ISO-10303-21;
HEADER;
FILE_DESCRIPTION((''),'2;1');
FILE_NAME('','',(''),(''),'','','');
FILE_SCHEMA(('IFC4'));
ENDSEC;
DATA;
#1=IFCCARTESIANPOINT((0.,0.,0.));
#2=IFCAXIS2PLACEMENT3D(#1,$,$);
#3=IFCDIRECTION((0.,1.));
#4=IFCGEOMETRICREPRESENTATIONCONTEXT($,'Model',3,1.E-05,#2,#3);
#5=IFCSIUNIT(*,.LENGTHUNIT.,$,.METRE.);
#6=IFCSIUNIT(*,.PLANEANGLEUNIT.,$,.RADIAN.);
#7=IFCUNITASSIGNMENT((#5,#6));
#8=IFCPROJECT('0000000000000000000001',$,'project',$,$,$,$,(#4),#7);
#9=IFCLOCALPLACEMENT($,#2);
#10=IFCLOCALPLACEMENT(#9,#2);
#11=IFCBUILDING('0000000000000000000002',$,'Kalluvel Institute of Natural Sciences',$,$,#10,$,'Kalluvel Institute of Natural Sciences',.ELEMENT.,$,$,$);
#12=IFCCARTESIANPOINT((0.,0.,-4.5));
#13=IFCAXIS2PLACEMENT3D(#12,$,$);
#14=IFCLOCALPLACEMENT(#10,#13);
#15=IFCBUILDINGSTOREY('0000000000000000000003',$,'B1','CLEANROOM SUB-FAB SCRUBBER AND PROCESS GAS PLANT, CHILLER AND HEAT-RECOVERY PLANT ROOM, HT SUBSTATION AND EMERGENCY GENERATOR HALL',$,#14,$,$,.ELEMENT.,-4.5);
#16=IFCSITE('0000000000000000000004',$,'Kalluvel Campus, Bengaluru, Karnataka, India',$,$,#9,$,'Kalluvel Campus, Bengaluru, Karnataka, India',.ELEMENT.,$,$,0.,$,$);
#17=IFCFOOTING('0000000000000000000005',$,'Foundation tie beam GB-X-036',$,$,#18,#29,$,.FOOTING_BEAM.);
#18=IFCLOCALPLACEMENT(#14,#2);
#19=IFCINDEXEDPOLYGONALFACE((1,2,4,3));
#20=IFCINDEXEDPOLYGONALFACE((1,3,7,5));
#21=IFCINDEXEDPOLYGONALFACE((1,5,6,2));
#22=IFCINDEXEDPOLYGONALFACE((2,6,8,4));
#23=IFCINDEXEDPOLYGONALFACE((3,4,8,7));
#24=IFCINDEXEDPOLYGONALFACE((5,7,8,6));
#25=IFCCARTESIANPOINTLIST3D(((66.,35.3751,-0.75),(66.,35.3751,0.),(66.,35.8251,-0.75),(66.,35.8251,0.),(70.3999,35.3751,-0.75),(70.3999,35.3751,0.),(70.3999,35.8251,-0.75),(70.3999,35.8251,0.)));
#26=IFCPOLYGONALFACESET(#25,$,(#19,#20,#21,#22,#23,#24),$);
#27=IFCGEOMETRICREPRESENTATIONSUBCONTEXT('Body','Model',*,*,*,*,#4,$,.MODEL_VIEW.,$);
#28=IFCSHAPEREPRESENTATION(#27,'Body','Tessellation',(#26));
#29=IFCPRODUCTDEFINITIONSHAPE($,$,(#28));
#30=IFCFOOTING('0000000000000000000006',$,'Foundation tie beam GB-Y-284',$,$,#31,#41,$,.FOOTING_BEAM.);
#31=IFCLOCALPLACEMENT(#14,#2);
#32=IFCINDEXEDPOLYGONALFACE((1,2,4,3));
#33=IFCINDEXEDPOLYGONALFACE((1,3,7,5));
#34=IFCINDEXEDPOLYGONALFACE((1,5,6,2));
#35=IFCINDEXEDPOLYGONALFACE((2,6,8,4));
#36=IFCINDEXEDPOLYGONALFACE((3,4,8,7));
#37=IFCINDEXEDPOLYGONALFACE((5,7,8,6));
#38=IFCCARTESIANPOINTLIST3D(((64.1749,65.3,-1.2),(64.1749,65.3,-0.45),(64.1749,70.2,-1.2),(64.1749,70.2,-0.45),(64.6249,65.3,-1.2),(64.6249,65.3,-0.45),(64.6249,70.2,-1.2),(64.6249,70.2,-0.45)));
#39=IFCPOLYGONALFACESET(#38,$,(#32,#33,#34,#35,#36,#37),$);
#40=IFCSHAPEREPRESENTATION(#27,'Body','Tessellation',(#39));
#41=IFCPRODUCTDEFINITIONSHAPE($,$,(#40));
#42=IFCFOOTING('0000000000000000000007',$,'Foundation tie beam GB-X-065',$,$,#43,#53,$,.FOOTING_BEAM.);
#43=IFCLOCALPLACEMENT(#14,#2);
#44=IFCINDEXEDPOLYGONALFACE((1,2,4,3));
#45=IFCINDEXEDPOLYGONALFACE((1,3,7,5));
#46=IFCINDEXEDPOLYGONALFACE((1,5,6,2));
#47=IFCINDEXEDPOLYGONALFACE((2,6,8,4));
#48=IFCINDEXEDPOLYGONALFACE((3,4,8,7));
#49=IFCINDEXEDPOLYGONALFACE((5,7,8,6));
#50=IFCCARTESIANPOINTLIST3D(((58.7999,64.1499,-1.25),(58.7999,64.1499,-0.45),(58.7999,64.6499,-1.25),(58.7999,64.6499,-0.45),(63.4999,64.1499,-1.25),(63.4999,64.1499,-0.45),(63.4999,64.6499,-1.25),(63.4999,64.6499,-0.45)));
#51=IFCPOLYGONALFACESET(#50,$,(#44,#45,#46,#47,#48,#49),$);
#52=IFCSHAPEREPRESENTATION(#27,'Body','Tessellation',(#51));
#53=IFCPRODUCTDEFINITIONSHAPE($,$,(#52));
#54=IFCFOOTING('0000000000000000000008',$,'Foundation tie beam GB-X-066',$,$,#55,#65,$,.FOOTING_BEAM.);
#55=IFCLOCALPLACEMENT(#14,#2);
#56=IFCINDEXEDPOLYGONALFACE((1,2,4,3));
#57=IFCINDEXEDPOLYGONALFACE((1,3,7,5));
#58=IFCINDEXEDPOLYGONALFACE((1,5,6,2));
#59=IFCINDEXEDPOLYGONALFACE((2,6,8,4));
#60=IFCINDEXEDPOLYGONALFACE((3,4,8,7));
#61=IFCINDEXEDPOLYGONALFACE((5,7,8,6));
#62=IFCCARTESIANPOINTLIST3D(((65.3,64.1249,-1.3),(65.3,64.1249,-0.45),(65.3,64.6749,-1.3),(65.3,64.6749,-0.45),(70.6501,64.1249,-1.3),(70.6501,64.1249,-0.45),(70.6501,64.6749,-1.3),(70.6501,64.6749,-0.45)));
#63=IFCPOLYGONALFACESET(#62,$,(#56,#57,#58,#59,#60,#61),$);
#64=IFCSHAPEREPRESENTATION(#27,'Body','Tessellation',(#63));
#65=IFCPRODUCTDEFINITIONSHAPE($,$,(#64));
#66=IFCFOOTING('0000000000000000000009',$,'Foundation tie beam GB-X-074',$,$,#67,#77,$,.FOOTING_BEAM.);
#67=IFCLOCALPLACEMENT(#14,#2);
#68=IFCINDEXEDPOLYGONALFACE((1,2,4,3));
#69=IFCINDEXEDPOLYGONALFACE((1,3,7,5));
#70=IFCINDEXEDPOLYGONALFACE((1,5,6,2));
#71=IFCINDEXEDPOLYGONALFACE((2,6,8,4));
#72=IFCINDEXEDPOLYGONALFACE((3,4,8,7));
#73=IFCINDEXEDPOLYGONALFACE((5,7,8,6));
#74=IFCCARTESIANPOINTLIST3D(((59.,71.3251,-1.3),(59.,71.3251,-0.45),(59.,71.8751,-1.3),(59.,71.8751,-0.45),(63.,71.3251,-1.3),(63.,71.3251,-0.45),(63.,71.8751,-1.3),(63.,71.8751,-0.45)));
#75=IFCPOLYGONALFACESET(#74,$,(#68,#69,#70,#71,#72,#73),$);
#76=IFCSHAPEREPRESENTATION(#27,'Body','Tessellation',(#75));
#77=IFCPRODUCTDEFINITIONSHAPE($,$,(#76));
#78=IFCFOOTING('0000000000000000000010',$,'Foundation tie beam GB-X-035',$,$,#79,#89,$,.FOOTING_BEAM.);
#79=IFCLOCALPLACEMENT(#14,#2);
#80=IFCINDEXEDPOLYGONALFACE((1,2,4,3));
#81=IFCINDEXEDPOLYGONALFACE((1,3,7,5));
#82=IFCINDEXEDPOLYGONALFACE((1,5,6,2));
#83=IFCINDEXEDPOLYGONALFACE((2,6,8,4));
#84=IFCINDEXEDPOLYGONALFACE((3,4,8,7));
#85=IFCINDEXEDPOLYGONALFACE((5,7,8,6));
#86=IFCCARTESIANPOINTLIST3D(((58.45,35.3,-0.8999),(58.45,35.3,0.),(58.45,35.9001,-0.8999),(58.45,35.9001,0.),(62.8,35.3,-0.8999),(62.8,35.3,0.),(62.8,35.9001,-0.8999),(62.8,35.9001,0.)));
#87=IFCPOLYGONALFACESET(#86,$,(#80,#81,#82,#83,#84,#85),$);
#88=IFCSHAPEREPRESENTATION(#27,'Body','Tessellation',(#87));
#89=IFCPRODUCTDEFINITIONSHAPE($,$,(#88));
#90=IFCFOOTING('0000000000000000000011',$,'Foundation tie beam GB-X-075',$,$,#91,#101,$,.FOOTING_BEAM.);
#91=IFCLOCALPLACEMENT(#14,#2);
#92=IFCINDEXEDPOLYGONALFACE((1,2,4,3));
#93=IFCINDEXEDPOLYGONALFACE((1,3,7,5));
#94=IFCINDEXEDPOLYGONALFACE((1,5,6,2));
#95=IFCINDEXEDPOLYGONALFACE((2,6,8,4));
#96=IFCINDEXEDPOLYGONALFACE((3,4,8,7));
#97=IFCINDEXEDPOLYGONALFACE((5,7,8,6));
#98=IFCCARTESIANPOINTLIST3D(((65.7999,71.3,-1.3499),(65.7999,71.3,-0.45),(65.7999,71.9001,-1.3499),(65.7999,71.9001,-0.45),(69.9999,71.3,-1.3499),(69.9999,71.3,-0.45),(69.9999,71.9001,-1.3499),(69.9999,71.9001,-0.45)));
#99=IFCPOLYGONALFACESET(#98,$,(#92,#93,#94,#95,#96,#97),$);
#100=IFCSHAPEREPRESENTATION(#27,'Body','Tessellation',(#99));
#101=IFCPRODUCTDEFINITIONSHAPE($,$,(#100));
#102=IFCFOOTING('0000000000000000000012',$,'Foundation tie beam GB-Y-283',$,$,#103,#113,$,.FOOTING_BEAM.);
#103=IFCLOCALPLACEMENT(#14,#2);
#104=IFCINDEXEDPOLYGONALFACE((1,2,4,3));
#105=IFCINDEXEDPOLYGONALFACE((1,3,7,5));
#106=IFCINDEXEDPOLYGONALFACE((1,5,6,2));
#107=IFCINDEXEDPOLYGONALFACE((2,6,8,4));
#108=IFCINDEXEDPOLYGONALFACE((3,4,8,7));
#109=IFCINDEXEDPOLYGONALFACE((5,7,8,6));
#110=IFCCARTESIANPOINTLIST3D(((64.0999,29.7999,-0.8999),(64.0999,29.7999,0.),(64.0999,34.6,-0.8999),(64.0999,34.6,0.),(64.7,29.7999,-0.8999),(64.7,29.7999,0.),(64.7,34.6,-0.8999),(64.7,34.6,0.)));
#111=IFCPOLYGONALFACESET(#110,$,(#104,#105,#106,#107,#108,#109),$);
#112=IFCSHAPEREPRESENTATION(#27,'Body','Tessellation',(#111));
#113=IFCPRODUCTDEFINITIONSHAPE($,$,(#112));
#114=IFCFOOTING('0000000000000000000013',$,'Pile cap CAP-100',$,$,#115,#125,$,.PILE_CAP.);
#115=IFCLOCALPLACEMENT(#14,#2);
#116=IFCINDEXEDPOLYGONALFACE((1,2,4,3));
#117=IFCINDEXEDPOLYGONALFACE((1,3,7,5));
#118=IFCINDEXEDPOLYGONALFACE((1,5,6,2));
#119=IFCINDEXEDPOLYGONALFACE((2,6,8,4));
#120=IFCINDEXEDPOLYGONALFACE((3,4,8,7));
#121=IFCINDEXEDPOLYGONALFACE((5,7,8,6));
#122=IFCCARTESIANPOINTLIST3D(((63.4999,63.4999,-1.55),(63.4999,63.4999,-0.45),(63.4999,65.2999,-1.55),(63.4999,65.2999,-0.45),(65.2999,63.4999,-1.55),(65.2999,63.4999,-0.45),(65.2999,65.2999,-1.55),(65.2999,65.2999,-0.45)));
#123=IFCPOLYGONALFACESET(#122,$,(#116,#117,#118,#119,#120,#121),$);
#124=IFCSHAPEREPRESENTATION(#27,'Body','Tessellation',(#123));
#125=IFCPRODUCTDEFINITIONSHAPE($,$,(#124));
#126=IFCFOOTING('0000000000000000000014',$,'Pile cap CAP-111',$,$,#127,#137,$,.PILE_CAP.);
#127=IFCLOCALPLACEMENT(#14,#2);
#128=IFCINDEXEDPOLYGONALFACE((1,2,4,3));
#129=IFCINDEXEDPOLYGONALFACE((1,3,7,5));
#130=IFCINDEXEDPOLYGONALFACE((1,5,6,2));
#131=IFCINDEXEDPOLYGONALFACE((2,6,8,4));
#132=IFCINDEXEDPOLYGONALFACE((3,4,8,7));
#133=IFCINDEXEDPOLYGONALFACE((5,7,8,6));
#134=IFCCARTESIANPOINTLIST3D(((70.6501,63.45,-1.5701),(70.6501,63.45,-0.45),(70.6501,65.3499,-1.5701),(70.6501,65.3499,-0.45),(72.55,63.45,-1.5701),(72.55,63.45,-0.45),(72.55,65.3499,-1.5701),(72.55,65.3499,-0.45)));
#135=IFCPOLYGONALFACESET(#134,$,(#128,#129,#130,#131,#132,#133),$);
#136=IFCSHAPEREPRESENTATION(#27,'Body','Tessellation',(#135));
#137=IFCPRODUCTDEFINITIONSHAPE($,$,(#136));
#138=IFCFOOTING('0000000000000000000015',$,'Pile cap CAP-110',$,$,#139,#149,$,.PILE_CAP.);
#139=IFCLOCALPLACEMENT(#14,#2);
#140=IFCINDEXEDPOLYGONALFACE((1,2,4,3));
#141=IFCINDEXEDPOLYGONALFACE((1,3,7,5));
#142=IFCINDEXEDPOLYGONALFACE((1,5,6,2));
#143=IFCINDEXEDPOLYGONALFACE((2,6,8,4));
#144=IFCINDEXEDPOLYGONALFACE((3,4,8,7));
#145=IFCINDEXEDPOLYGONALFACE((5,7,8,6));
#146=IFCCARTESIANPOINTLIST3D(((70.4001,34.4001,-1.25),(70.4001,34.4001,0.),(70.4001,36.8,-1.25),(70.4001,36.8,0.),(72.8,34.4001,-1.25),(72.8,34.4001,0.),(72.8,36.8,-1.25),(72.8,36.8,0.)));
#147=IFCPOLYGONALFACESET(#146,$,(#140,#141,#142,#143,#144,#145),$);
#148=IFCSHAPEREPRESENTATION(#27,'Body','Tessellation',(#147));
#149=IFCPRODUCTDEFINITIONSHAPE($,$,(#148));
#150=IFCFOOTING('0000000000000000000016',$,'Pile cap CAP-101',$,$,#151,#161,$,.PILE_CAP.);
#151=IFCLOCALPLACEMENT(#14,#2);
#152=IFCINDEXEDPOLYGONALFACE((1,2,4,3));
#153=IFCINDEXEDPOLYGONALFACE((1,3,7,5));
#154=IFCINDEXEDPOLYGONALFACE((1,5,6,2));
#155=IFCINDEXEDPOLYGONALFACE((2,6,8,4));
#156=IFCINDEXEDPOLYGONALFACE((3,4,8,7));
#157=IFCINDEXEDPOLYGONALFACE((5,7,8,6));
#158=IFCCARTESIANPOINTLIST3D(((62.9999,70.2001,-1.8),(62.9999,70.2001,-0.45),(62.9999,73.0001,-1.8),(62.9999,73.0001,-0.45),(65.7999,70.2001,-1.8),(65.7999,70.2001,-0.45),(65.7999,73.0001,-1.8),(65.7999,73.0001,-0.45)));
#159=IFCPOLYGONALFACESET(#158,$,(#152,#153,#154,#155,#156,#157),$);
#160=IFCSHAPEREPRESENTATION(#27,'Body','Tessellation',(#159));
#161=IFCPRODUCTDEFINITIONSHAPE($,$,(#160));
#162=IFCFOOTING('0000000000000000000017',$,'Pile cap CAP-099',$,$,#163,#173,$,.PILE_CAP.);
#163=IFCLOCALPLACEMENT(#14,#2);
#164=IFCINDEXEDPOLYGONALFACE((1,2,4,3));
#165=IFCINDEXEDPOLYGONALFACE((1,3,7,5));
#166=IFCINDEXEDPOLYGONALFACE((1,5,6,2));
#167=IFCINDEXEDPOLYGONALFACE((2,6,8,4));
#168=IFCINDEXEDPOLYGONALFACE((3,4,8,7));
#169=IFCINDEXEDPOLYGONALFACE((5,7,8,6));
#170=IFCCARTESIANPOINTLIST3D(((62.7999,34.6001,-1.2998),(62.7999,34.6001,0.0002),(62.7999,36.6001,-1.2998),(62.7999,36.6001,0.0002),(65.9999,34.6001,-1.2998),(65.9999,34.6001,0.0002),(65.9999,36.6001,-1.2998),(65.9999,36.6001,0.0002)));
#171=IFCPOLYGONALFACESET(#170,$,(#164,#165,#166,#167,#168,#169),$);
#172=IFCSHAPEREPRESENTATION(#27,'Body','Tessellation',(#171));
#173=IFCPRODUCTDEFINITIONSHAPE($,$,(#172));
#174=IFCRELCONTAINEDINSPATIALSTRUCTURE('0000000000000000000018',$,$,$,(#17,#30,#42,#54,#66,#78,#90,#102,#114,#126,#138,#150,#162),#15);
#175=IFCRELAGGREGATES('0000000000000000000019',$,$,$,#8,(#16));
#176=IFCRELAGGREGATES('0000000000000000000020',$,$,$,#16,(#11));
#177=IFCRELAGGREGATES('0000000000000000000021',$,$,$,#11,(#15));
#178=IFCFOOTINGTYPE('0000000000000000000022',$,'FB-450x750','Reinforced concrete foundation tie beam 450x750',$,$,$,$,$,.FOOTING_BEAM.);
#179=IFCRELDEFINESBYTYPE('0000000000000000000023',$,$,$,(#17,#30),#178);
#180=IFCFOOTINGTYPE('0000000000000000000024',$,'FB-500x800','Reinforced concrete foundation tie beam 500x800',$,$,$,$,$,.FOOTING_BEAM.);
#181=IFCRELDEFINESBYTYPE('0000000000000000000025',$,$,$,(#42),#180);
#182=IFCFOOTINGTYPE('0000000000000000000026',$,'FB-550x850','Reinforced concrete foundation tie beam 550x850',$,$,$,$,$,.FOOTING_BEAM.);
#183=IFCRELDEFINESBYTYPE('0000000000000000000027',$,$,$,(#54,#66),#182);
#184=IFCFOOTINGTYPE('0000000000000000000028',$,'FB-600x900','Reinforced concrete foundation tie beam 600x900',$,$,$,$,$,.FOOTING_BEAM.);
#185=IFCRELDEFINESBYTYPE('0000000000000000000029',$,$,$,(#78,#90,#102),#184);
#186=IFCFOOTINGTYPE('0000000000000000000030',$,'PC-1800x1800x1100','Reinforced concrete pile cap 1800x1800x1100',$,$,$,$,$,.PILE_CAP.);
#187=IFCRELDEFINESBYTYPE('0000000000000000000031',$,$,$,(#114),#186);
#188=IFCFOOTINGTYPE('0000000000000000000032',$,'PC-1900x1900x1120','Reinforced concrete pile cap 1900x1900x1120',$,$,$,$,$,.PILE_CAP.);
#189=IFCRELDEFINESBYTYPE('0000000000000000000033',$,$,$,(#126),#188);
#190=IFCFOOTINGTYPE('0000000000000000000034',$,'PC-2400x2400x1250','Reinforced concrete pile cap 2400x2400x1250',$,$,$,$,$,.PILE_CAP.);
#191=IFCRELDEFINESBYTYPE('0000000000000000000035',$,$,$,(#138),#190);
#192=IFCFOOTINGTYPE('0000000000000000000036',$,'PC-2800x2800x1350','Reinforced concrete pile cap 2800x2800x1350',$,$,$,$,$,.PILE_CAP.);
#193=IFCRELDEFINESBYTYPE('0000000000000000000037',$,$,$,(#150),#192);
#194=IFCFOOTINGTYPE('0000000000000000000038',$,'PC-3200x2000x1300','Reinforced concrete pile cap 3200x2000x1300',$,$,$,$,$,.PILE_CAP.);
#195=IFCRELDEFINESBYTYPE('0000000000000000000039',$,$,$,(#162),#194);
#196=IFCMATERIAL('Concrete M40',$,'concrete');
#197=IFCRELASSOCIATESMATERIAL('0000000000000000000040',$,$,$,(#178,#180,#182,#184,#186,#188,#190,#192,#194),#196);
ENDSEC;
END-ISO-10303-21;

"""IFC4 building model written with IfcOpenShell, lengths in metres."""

from ifc_helpers import new_model, si_unit, direction, frame, origin, origin_2d, place, context, subcontext, project, spatial, rectangle, extrude, material, type_object, element, save


model = new_model("IFC4")

# Units and contexts
model_context = context("Model", 3, precision=1e-05, world=origin(), true_north=direction((0.0, 1.0)))
body_context = subcontext(model_context, "Body", "Model", "MODEL_VIEW")
ifc_project = project(units=[si_unit("LENGTHUNIT", "METRE"), si_unit("PLANEANGLEUNIT", "RADIAN")], contexts=[model_context])

# Site, building, storey
site_placement = place(None, origin())
site = spatial("IfcSite", under=ifc_project, at=site_placement, Name="Kalluvel Campus, Bengaluru, Karnataka, India", LongName="Kalluvel Campus, Bengaluru, Karnataka, India", CompositionType="ELEMENT", RefElevation=0.0)
building_placement = place(site_placement, origin())
building = spatial("IfcBuilding", under=site, at=building_placement, Name="Kalluvel Institute of Natural Sciences", LongName="Kalluvel Institute of Natural Sciences", CompositionType="ELEMENT")
storey_placement = place(building_placement, frame((0.0, 0.0, -4.5)))
storey = spatial("IfcBuildingStorey", under=building, at=storey_placement, Name="B1", Description="CLEANROOM SUB-FAB SCRUBBER AND PROCESS GAS PLANT, CHILLER AND HEAT-RECOVERY PLANT ROOM, HT SUBSTATION AND EMERGENCY GENERATOR HALL", CompositionType="ELEMENT", Elevation=-4.5)

# Footings
ifc_material_1 = material(Name="Concrete M40", Category="concrete")
footing_type_1 = type_object("IfcFootingType", Name="FB-450x750", Description="Reinforced concrete foundation tie beam 450x750", PredefinedType="FOOTING_BEAM", material=ifc_material_1)
footing_1_placement = place(storey_placement, frame((68.2, 35.6001, -0.75), z_axis=(0.0, 0.0, 1.0), x_axis=(1.0, 0.0, 0.0)))
element("IfcFooting", 1, at=footing_1_placement, inside=storey, type_object=footing_type_1, Name="Foundation tie beam GB-X-036", PredefinedType="FOOTING_BEAM", context=body_context, shape_type="SweptSolid", body=[
    extrude(rectangle(XDim=4.3999, YDim=0.45, at=origin_2d()), origin(), (0.0, 0.0, 1.0), 0.75),
])
footing_2_placement = place(storey_placement, frame((64.3999, 67.75, -1.2), z_axis=(0.0, 0.0, 1.0), x_axis=(1.0, 0.0, 0.0)))
element("IfcFooting", 2, at=footing_2_placement, inside=storey, type_object=footing_type_1, Name="Foundation tie beam GB-Y-284", PredefinedType="FOOTING_BEAM", context=body_context, shape_type="SweptSolid", body=[
    extrude(rectangle(XDim=0.45, YDim=4.8999, at=origin_2d()), origin(), (0.0, 0.0, 1.0), 0.75),
])
footing_type_2 = type_object("IfcFootingType", Name="FB-500x800", Description="Reinforced concrete foundation tie beam 500x800", PredefinedType="FOOTING_BEAM", material=ifc_material_1)
footing_3_placement = place(storey_placement, frame((61.1499, 64.3999, -1.25), z_axis=(0.0, 0.0, 1.0), x_axis=(1.0, 0.0, 0.0)))
element("IfcFooting", 3, at=footing_3_placement, inside=storey, type_object=footing_type_2, Name="Foundation tie beam GB-X-065", PredefinedType="FOOTING_BEAM", context=body_context, shape_type="SweptSolid", body=[
    extrude(rectangle(XDim=4.7, YDim=0.5, at=origin_2d()), origin(), (0.0, 0.0, 1.0), 0.8),
])
footing_type_3 = type_object("IfcFootingType", Name="FB-550x850", Description="Reinforced concrete foundation tie beam 550x850", PredefinedType="FOOTING_BEAM", material=ifc_material_1)
footing_4_placement = place(storey_placement, frame((67.9751, 64.3999, -1.3), z_axis=(0.0, 0.0, 1.0), x_axis=(1.0, 0.0, 0.0)))
element("IfcFooting", 4, at=footing_4_placement, inside=storey, type_object=footing_type_3, Name="Foundation tie beam GB-X-066", PredefinedType="FOOTING_BEAM", context=body_context, shape_type="SweptSolid", body=[
    extrude(rectangle(XDim=5.3501, YDim=0.55, at=origin_2d()), origin(), (0.0, 0.0, 1.0), 0.8501),
])
footing_5_placement = place(storey_placement, frame((61.0, 71.6001, -1.3), z_axis=(0.0, 0.0, 1.0), x_axis=(1.0, 0.0, 0.0)))
element("IfcFooting", 5, at=footing_5_placement, inside=storey, type_object=footing_type_3, Name="Foundation tie beam GB-X-074", PredefinedType="FOOTING_BEAM", context=body_context, shape_type="SweptSolid", body=[
    extrude(rectangle(XDim=4.0, YDim=0.55, at=origin_2d()), origin(), (0.0, 0.0, 1.0), 0.8501),
])
footing_type_4 = type_object("IfcFootingType", Name="FB-600x900", Description="Reinforced concrete foundation tie beam 600x900", PredefinedType="FOOTING_BEAM", material=ifc_material_1)
footing_6_placement = place(storey_placement, frame((60.625, 35.6001, -0.8999), z_axis=(0.0, 0.0, 1.0), x_axis=(1.0, 0.0, 0.0)))
element("IfcFooting", 6, at=footing_6_placement, inside=storey, type_object=footing_type_4, Name="Foundation tie beam GB-X-035", PredefinedType="FOOTING_BEAM", context=body_context, shape_type="SweptSolid", body=[
    extrude(rectangle(XDim=4.3501, YDim=0.6001, at=origin_2d()), origin(), (0.0, 0.0, 1.0), 0.8999),
])
footing_7_placement = place(storey_placement, frame((67.8999, 71.6001, -1.3499), z_axis=(0.0, 0.0, 1.0), x_axis=(1.0, 0.0, 0.0)))
element("IfcFooting", 7, at=footing_7_placement, inside=storey, type_object=footing_type_4, Name="Foundation tie beam GB-X-075", PredefinedType="FOOTING_BEAM", context=body_context, shape_type="SweptSolid", body=[
    extrude(rectangle(XDim=4.2, YDim=0.6001, at=origin_2d()), origin(), (0.0, 0.0, 1.0), 0.8999),
])
footing_8_placement = place(storey_placement, frame((64.3999, 32.2, -0.8999), z_axis=(0.0, 0.0, 1.0), x_axis=(1.0, 0.0, 0.0)))
element("IfcFooting", 8, at=footing_8_placement, inside=storey, type_object=footing_type_4, Name="Foundation tie beam GB-Y-283", PredefinedType="FOOTING_BEAM", context=body_context, shape_type="SweptSolid", body=[
    extrude(rectangle(XDim=0.6001, YDim=4.8, at=origin_2d()), origin(), (0.0, 0.0, 1.0), 0.8999),
])
footing_type_5 = type_object("IfcFootingType", Name="PC-1800x1800x1100", Description="Reinforced concrete pile cap 1800x1800x1100", PredefinedType="PILE_CAP", material=ifc_material_1)
footing_9_placement = place(storey_placement, frame((64.3999, 64.3999, -1.55), z_axis=(0.0, 0.0, 1.0), x_axis=(1.0, 0.0, 0.0)))
element("IfcFooting", 9, at=footing_9_placement, inside=storey, type_object=footing_type_5, Name="Pile cap CAP-100", PredefinedType="PILE_CAP", context=body_context, shape_type="SweptSolid", body=[
    extrude(rectangle(XDim=1.8, YDim=1.8, at=origin_2d()), origin(), (0.0, 0.0, 1.0), 1.1001),
])
footing_type_6 = type_object("IfcFootingType", Name="PC-1900x1900x1120", Description="Reinforced concrete pile cap 1900x1900x1120", PredefinedType="PILE_CAP", material=ifc_material_1)
footing_10_placement = place(storey_placement, frame((71.6001, 64.3999, -1.5701), z_axis=(0.0, 0.0, 1.0), x_axis=(1.0, 0.0, 0.0)))
element("IfcFooting", 10, at=footing_10_placement, inside=storey, type_object=footing_type_6, Name="Pile cap CAP-111", PredefinedType="PILE_CAP", context=body_context, shape_type="SweptSolid", body=[
    extrude(rectangle(XDim=1.8999, YDim=1.8999, at=origin_2d()), origin(), (0.0, 0.0, 1.0), 1.1201),
])
footing_type_7 = type_object("IfcFootingType", Name="PC-2400x2400x1250", Description="Reinforced concrete pile cap 2400x2400x1250", PredefinedType="PILE_CAP", material=ifc_material_1)
footing_11_placement = place(storey_placement, frame((71.6001, 35.6001, -1.25), z_axis=(0.0, 0.0, 1.0), x_axis=(1.0, 0.0, 0.0)))
element("IfcFooting", 11, at=footing_11_placement, inside=storey, type_object=footing_type_7, Name="Pile cap CAP-110", PredefinedType="PILE_CAP", context=body_context, shape_type="SweptSolid", body=[
    extrude(rectangle(XDim=2.3999, YDim=2.3999, at=origin_2d()), origin(), (0.0, 0.0, 1.0), 1.25),
])
footing_type_8 = type_object("IfcFootingType", Name="PC-2800x2800x1350", Description="Reinforced concrete pile cap 2800x2800x1350", PredefinedType="PILE_CAP", material=ifc_material_1)
footing_12_placement = place(storey_placement, frame((64.3999, 71.6001, -1.8), z_axis=(0.0, 0.0, 1.0), x_axis=(1.0, 0.0, 0.0)))
element("IfcFooting", 12, at=footing_12_placement, inside=storey, type_object=footing_type_8, Name="Pile cap CAP-101", PredefinedType="PILE_CAP", context=body_context, shape_type="SweptSolid", body=[
    extrude(rectangle(XDim=2.8, YDim=2.8, at=origin_2d()), origin(), (0.0, 0.0, 1.0), 1.3501),
])
footing_type_9 = type_object("IfcFootingType", Name="PC-3200x2000x1300", Description="Reinforced concrete pile cap 3200x2000x1300", PredefinedType="PILE_CAP", material=ifc_material_1)
footing_13_placement = place(storey_placement, frame((64.3999, 35.6001, -1.2998), z_axis=(0.0, 0.0, 1.0), x_axis=(1.0, 0.0, 0.0)))
element("IfcFooting", 13, at=footing_13_placement, inside=storey, type_object=footing_type_9, Name="Pile cap CAP-099", PredefinedType="PILE_CAP", context=body_context, shape_type="SweptSolid", body=[
    extrude(rectangle(XDim=3.2, YDim=2.0, at=origin_2d()), origin(), (0.0, 0.0, 1.0), 1.3),
])

save(model, "model.ifc")
